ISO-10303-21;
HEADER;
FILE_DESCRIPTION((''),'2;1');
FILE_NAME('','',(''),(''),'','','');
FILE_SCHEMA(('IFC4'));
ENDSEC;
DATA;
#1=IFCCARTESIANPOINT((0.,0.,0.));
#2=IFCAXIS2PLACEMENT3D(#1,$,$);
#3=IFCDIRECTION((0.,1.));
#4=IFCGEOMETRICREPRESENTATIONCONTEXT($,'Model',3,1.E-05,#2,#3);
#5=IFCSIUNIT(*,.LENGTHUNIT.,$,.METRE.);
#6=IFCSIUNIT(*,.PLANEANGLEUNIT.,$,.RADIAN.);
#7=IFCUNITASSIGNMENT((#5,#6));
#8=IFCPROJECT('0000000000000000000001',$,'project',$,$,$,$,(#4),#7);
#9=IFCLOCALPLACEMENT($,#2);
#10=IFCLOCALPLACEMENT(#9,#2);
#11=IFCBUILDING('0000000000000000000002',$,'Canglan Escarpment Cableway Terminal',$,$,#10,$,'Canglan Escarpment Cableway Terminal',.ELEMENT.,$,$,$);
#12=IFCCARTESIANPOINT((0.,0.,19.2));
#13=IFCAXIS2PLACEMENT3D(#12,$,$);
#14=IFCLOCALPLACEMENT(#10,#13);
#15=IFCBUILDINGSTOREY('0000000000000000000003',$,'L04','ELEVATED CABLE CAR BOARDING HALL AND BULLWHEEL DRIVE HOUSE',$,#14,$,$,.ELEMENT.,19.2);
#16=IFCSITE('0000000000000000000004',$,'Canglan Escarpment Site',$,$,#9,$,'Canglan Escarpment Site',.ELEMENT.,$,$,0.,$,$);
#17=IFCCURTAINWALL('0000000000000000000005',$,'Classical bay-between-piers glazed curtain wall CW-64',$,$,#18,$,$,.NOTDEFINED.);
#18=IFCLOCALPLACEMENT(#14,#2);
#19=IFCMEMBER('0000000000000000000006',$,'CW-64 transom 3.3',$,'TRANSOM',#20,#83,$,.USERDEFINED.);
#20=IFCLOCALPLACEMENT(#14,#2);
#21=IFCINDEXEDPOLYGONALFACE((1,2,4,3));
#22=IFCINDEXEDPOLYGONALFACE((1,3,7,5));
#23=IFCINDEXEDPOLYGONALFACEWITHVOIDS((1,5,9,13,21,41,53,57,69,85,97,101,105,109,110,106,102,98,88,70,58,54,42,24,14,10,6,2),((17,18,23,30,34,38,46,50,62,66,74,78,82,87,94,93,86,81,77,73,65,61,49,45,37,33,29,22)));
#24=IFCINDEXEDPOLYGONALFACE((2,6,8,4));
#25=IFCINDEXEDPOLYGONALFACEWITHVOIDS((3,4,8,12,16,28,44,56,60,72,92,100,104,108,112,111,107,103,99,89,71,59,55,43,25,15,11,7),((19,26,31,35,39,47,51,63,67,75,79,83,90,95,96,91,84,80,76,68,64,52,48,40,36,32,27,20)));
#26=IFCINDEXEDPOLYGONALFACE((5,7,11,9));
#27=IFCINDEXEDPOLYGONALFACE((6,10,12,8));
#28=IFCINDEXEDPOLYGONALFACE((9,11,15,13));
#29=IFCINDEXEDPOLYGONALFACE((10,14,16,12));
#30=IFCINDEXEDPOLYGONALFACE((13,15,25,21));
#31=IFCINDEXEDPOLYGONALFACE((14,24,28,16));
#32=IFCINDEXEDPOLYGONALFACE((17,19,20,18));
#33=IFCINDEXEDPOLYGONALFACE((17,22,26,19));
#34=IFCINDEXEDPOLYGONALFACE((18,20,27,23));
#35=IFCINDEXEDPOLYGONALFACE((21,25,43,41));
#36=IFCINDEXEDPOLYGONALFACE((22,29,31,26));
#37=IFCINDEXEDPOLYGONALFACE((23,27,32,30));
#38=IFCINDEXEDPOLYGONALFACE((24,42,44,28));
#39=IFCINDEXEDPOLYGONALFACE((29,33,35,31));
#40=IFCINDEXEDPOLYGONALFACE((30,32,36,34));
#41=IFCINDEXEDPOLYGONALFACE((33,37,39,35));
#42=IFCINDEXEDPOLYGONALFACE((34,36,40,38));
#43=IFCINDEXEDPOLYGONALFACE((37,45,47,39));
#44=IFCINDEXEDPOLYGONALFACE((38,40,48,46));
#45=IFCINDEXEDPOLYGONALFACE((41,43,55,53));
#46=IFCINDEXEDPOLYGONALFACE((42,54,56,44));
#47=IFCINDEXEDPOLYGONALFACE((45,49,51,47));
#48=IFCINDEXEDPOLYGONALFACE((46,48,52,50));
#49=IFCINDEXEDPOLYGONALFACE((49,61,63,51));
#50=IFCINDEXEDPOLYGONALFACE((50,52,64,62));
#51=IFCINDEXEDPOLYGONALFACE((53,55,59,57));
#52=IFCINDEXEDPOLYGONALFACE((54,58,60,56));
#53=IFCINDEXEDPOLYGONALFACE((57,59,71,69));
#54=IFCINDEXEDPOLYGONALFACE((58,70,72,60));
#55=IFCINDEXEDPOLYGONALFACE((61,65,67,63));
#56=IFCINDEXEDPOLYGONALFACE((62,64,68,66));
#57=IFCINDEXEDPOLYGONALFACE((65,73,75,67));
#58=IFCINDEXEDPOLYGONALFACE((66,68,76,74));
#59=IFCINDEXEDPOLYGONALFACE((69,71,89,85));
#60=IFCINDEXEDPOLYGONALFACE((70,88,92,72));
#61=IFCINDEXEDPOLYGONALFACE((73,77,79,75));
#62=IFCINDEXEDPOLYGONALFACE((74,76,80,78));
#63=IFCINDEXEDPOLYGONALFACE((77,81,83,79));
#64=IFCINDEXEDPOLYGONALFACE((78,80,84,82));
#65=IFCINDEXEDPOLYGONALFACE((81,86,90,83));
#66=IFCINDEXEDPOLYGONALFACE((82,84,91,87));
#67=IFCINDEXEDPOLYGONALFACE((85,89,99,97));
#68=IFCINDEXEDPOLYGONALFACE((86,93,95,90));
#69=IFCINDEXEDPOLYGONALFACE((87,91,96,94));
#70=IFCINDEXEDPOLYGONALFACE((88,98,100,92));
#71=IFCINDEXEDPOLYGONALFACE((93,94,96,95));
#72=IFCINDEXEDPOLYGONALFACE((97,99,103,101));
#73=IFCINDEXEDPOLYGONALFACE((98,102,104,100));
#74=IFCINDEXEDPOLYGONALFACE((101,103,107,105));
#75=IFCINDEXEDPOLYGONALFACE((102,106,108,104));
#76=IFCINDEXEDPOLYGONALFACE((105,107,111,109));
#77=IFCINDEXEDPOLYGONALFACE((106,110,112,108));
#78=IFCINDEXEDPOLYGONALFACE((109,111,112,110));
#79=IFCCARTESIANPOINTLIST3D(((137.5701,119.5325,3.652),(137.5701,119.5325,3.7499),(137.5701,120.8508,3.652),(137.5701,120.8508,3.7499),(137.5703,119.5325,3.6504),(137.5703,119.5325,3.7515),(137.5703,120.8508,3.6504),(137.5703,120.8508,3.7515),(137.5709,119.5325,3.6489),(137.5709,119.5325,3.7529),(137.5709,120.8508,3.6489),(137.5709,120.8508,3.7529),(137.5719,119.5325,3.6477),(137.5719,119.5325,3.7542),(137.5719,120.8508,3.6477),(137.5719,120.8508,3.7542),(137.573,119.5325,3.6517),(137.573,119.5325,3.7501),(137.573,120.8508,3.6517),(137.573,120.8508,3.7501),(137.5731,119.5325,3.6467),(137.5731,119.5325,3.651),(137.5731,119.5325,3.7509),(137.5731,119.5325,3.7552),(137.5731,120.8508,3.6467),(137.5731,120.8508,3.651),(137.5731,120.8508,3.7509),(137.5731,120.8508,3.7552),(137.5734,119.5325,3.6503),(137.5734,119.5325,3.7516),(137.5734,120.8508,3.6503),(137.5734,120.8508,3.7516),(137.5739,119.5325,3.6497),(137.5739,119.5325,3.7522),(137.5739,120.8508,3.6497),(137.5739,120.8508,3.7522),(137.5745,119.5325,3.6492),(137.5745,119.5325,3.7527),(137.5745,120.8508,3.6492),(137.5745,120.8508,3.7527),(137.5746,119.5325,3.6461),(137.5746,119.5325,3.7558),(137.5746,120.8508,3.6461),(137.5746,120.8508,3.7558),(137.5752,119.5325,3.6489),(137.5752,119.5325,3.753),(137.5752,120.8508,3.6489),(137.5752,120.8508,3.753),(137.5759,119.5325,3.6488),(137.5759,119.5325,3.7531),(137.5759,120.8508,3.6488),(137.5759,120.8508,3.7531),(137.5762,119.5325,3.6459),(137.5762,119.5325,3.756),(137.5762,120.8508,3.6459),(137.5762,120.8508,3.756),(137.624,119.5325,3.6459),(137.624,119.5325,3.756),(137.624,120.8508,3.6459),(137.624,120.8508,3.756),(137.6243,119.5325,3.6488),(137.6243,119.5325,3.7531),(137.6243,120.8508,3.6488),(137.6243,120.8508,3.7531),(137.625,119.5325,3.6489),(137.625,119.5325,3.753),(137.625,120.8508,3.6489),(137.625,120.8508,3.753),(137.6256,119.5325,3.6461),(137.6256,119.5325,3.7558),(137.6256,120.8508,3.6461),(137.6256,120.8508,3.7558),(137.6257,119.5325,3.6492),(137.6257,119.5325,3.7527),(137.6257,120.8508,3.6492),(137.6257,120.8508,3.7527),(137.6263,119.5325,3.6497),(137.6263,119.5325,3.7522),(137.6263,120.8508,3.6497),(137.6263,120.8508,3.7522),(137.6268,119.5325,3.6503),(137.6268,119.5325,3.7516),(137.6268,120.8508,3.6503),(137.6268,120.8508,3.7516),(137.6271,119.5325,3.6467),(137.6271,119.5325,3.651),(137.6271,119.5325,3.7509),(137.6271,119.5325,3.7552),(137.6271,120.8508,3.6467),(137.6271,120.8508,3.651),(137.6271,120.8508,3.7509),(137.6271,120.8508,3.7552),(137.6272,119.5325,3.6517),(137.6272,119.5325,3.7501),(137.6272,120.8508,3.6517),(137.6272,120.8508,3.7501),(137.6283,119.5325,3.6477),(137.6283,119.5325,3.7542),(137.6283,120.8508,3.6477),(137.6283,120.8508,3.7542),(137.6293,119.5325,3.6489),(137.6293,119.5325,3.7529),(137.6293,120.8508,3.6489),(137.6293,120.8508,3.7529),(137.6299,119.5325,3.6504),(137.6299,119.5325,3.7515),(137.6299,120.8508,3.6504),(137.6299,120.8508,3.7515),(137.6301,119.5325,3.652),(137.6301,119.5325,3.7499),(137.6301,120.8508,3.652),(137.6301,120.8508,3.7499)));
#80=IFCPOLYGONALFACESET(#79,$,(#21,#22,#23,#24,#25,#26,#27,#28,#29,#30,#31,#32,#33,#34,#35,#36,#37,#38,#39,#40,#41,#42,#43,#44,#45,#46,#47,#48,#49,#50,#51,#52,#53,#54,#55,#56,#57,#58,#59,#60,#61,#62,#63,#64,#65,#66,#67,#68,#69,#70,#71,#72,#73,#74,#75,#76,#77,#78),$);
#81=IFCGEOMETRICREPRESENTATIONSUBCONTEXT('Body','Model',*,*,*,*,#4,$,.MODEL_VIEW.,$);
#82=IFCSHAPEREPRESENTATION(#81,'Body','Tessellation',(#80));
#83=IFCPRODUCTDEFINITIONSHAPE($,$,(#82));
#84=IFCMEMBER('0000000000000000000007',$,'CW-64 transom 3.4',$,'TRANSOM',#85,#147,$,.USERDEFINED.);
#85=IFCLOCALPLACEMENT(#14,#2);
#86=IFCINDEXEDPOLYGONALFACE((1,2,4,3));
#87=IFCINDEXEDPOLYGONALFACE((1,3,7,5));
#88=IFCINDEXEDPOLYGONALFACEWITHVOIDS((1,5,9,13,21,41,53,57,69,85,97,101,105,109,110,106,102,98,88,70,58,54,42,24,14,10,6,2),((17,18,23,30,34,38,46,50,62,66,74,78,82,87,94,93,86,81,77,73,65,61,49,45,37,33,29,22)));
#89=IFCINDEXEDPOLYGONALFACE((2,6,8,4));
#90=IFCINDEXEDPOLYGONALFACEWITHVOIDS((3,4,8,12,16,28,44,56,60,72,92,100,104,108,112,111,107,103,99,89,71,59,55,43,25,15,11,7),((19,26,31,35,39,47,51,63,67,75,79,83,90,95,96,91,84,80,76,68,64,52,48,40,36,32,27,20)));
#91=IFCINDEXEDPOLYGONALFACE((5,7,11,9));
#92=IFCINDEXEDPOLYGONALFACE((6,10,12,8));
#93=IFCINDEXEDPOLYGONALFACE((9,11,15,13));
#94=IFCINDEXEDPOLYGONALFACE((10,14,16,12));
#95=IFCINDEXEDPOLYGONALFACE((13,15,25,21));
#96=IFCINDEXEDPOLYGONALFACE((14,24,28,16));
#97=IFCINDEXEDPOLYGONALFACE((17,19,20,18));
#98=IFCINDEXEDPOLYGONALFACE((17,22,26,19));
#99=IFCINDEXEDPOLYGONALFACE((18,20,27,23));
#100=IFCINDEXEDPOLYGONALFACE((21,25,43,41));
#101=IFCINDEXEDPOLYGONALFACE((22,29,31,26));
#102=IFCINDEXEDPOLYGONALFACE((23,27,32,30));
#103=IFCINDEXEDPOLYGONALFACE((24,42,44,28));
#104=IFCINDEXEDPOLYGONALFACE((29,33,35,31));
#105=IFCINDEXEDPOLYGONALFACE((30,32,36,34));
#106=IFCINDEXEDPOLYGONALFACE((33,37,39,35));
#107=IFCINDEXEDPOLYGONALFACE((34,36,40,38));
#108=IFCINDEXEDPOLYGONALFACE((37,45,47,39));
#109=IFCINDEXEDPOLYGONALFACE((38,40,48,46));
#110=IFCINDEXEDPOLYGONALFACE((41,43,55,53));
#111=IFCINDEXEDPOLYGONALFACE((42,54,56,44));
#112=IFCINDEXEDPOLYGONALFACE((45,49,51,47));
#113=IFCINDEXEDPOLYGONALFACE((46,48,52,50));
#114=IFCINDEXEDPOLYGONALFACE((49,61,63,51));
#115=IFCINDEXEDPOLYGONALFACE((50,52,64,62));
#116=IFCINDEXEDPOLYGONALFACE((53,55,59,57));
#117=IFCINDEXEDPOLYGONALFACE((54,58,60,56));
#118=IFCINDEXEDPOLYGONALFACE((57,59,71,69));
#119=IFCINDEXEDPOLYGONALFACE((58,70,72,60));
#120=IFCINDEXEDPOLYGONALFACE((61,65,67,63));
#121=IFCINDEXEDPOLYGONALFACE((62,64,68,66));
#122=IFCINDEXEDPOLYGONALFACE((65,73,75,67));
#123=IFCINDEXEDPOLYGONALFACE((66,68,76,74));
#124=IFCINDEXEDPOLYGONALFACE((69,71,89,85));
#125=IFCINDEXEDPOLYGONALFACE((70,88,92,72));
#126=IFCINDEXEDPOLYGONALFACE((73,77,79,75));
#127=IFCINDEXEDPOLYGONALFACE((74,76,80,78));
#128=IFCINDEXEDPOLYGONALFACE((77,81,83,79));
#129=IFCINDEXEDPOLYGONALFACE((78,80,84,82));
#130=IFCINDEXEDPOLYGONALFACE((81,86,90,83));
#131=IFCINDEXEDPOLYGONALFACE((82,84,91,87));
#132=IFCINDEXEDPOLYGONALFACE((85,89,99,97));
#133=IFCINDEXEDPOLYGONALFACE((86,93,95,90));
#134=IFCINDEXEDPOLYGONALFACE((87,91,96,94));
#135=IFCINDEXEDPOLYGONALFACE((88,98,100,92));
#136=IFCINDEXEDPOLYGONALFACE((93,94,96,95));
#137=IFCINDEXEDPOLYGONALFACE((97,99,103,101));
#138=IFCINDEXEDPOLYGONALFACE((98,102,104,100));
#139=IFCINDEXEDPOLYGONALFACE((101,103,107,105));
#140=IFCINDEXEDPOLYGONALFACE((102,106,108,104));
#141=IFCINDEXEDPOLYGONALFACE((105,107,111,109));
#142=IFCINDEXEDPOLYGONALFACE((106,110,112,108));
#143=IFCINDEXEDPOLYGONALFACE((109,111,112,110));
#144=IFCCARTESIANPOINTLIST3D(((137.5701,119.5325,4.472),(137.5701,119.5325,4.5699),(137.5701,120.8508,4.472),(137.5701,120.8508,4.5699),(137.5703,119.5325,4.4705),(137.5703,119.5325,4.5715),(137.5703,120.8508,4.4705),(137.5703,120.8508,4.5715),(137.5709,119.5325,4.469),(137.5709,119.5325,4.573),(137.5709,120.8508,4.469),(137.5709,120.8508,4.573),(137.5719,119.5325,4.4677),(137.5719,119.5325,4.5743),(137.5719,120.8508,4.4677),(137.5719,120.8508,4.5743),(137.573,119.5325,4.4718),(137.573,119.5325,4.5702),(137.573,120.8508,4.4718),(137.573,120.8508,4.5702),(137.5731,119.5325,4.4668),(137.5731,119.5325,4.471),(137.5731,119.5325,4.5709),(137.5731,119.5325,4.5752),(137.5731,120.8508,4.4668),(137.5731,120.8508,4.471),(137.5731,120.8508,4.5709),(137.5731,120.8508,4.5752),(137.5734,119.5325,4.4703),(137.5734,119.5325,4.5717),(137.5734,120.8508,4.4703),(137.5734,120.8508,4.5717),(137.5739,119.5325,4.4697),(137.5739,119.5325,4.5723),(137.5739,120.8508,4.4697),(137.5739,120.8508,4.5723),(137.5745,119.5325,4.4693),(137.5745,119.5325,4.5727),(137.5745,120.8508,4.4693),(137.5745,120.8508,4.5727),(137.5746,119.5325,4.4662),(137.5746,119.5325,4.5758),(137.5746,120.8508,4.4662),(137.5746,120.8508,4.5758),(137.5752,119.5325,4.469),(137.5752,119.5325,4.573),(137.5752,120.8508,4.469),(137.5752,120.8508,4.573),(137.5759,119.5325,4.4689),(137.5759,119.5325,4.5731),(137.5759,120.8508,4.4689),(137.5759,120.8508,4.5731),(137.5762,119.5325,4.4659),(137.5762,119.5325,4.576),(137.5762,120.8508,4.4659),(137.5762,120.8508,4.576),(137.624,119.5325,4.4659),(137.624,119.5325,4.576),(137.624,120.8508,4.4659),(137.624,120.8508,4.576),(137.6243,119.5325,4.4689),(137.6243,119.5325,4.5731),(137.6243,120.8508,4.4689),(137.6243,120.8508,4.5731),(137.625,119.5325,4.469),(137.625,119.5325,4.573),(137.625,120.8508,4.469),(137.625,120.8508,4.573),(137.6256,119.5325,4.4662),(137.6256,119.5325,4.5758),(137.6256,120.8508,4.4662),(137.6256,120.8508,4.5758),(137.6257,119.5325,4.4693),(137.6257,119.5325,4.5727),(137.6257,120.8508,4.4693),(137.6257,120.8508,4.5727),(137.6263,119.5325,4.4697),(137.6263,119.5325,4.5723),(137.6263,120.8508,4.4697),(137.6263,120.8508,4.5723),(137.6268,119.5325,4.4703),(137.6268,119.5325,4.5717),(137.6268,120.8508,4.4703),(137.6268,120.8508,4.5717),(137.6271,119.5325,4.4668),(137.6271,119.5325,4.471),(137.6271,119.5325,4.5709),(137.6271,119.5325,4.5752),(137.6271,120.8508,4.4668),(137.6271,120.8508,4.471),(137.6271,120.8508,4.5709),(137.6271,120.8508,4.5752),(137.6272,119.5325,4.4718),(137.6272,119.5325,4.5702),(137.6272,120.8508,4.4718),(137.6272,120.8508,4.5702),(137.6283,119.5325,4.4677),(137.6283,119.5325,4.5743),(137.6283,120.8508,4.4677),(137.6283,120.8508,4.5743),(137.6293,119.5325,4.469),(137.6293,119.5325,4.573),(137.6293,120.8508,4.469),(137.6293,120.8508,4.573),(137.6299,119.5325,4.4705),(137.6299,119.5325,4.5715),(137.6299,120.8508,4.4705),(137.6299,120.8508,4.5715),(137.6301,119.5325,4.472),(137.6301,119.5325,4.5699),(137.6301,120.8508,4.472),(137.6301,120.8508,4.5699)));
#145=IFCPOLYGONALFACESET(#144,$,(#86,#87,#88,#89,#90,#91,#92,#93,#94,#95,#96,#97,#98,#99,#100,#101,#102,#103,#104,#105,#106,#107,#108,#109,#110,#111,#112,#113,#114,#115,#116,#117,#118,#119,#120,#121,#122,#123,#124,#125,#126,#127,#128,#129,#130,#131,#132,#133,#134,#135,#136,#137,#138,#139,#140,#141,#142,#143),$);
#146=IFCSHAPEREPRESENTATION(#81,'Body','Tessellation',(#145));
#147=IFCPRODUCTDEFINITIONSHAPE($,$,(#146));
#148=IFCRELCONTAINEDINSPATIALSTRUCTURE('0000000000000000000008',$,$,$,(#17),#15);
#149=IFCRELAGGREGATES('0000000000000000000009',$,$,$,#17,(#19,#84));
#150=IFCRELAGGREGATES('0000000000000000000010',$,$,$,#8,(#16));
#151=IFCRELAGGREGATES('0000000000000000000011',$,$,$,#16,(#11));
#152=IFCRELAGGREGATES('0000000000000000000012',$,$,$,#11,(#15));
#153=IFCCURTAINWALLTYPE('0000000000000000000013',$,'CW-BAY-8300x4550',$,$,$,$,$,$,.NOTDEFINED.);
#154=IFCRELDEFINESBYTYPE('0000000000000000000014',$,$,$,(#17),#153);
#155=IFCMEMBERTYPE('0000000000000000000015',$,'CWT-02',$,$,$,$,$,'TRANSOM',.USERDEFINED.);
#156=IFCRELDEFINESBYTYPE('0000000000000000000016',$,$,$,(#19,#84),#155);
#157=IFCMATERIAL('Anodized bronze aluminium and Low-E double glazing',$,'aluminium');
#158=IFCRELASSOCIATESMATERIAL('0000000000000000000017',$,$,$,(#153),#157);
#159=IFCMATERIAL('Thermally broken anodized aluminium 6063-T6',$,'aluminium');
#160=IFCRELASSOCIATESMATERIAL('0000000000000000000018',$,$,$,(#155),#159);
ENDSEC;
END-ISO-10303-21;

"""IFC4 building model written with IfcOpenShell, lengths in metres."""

from ifc_helpers import new_model, si_unit, direction, frame, origin, origin_2d, place, context, subcontext, project, spatial, hollow_rectangle, extrude, material, material_profile, profile_set, type_object, element, aggregate, save


model = new_model("IFC4")

# Units and contexts
model_context = context("Model", 3, precision=1e-05, world=origin(), true_north=direction((0.0, 1.0)))
body_context = subcontext(model_context, "Body", "Model", "MODEL_VIEW")
ifc_project = project(units=[si_unit("LENGTHUNIT", "METRE"), si_unit("PLANEANGLEUNIT", "RADIAN")], contexts=[model_context])

# Site, building, storey
site_placement = place(None, origin())
site = spatial("IfcSite", under=ifc_project, at=site_placement, Name="Canglan Escarpment Site", LongName="Canglan Escarpment Site", CompositionType="ELEMENT", RefElevation=0.0)
building_placement = place(site_placement, origin())
building = spatial("IfcBuilding", under=site, at=building_placement, Name="Canglan Escarpment Cableway Terminal", LongName="Canglan Escarpment Cableway Terminal", CompositionType="ELEMENT")
storey_placement = place(building_placement, frame((0.0, 0.0, 19.2)))
storey = spatial("IfcBuildingStorey", under=building, at=storey_placement, Name="L04", Description="ELEVATED CABLE CAR BOARDING HALL AND BULLWHEEL DRIVE HOUSE", CompositionType="ELEMENT", Elevation=19.2)

# Curtain wall, members
ifc_material_1 = material(Name="Anodized bronze aluminium and Low-E double glazing", Category="aluminium")
curtain_wall_type = type_object("IfcCurtainWallType", Name="CW-BAY-8300x4550", PredefinedType="NOTDEFINED", material=ifc_material_1)
curtain_wall_placement = place(storey_placement, origin())
curtain_wall = element("IfcCurtainWall", 1, at=curtain_wall_placement, inside=storey, type_object=curtain_wall_type, Name="Classical bay-between-piers glazed curtain wall CW-64", PredefinedType="NOTDEFINED")
ifc_material_2 = material(Name="Thermally broken anodized aluminium 6063-T6", Category="aluminium")
ifc_material_profile_1 = material_profile(ifc_material_2, hollow_rectangle(XDim=0.0601, YDim=0.1101, WallThickness=0.0029, InnerFilletRadius=0.0029, OuterFilletRadius=0.0061, at=origin_2d()), Name="ALU-TRAN 60x110x3")
ifc_profile_set_1 = profile_set([ifc_material_profile_1], Name="Thermally broken anodized aluminium 6063-T6")
member_type_1 = type_object("IfcMemberType", Name="CWT-02", ElementType="TRANSOM", PredefinedType="USERDEFINED", material=ifc_profile_set_1)
member_1_placement = place(storey_placement, frame((137.6001, 120.8508, 3.7009), z_axis=(0.0, -1.0, 0.0), x_axis=(1.0, 0.0, 0.0)))
member_1 = element("IfcMember", 2, at=member_1_placement, type_object=member_type_1, Name="CW-64 transom 3.3", ObjectType="TRANSOM", PredefinedType="USERDEFINED", context=body_context, shape_type="SweptSolid", body=[
    extrude(hollow_rectangle(XDim=0.0601, YDim=0.1101, WallThickness=0.0029, InnerFilletRadius=0.0029, OuterFilletRadius=0.0061, at=origin_2d()), origin(), (0.0, 0.0, 1.0), 1.3184),
])
member_2_placement = place(storey_placement, frame((137.6001, 120.8508, 4.521), z_axis=(0.0, -1.0, 0.0), x_axis=(1.0, 0.0, 0.0)))
member_2 = element("IfcMember", 3, at=member_2_placement, type_object=member_type_1, Name="CW-64 transom 3.4", ObjectType="TRANSOM", PredefinedType="USERDEFINED", context=body_context, shape_type="SweptSolid", body=[
    extrude(hollow_rectangle(XDim=0.0601, YDim=0.1101, WallThickness=0.0029, InnerFilletRadius=0.0029, OuterFilletRadius=0.0061, at=origin_2d()), origin(), (0.0, 0.0, 1.0), 1.3184),
])
aggregate(curtain_wall, [member_1, member_2])

save(model, "model.ifc")
